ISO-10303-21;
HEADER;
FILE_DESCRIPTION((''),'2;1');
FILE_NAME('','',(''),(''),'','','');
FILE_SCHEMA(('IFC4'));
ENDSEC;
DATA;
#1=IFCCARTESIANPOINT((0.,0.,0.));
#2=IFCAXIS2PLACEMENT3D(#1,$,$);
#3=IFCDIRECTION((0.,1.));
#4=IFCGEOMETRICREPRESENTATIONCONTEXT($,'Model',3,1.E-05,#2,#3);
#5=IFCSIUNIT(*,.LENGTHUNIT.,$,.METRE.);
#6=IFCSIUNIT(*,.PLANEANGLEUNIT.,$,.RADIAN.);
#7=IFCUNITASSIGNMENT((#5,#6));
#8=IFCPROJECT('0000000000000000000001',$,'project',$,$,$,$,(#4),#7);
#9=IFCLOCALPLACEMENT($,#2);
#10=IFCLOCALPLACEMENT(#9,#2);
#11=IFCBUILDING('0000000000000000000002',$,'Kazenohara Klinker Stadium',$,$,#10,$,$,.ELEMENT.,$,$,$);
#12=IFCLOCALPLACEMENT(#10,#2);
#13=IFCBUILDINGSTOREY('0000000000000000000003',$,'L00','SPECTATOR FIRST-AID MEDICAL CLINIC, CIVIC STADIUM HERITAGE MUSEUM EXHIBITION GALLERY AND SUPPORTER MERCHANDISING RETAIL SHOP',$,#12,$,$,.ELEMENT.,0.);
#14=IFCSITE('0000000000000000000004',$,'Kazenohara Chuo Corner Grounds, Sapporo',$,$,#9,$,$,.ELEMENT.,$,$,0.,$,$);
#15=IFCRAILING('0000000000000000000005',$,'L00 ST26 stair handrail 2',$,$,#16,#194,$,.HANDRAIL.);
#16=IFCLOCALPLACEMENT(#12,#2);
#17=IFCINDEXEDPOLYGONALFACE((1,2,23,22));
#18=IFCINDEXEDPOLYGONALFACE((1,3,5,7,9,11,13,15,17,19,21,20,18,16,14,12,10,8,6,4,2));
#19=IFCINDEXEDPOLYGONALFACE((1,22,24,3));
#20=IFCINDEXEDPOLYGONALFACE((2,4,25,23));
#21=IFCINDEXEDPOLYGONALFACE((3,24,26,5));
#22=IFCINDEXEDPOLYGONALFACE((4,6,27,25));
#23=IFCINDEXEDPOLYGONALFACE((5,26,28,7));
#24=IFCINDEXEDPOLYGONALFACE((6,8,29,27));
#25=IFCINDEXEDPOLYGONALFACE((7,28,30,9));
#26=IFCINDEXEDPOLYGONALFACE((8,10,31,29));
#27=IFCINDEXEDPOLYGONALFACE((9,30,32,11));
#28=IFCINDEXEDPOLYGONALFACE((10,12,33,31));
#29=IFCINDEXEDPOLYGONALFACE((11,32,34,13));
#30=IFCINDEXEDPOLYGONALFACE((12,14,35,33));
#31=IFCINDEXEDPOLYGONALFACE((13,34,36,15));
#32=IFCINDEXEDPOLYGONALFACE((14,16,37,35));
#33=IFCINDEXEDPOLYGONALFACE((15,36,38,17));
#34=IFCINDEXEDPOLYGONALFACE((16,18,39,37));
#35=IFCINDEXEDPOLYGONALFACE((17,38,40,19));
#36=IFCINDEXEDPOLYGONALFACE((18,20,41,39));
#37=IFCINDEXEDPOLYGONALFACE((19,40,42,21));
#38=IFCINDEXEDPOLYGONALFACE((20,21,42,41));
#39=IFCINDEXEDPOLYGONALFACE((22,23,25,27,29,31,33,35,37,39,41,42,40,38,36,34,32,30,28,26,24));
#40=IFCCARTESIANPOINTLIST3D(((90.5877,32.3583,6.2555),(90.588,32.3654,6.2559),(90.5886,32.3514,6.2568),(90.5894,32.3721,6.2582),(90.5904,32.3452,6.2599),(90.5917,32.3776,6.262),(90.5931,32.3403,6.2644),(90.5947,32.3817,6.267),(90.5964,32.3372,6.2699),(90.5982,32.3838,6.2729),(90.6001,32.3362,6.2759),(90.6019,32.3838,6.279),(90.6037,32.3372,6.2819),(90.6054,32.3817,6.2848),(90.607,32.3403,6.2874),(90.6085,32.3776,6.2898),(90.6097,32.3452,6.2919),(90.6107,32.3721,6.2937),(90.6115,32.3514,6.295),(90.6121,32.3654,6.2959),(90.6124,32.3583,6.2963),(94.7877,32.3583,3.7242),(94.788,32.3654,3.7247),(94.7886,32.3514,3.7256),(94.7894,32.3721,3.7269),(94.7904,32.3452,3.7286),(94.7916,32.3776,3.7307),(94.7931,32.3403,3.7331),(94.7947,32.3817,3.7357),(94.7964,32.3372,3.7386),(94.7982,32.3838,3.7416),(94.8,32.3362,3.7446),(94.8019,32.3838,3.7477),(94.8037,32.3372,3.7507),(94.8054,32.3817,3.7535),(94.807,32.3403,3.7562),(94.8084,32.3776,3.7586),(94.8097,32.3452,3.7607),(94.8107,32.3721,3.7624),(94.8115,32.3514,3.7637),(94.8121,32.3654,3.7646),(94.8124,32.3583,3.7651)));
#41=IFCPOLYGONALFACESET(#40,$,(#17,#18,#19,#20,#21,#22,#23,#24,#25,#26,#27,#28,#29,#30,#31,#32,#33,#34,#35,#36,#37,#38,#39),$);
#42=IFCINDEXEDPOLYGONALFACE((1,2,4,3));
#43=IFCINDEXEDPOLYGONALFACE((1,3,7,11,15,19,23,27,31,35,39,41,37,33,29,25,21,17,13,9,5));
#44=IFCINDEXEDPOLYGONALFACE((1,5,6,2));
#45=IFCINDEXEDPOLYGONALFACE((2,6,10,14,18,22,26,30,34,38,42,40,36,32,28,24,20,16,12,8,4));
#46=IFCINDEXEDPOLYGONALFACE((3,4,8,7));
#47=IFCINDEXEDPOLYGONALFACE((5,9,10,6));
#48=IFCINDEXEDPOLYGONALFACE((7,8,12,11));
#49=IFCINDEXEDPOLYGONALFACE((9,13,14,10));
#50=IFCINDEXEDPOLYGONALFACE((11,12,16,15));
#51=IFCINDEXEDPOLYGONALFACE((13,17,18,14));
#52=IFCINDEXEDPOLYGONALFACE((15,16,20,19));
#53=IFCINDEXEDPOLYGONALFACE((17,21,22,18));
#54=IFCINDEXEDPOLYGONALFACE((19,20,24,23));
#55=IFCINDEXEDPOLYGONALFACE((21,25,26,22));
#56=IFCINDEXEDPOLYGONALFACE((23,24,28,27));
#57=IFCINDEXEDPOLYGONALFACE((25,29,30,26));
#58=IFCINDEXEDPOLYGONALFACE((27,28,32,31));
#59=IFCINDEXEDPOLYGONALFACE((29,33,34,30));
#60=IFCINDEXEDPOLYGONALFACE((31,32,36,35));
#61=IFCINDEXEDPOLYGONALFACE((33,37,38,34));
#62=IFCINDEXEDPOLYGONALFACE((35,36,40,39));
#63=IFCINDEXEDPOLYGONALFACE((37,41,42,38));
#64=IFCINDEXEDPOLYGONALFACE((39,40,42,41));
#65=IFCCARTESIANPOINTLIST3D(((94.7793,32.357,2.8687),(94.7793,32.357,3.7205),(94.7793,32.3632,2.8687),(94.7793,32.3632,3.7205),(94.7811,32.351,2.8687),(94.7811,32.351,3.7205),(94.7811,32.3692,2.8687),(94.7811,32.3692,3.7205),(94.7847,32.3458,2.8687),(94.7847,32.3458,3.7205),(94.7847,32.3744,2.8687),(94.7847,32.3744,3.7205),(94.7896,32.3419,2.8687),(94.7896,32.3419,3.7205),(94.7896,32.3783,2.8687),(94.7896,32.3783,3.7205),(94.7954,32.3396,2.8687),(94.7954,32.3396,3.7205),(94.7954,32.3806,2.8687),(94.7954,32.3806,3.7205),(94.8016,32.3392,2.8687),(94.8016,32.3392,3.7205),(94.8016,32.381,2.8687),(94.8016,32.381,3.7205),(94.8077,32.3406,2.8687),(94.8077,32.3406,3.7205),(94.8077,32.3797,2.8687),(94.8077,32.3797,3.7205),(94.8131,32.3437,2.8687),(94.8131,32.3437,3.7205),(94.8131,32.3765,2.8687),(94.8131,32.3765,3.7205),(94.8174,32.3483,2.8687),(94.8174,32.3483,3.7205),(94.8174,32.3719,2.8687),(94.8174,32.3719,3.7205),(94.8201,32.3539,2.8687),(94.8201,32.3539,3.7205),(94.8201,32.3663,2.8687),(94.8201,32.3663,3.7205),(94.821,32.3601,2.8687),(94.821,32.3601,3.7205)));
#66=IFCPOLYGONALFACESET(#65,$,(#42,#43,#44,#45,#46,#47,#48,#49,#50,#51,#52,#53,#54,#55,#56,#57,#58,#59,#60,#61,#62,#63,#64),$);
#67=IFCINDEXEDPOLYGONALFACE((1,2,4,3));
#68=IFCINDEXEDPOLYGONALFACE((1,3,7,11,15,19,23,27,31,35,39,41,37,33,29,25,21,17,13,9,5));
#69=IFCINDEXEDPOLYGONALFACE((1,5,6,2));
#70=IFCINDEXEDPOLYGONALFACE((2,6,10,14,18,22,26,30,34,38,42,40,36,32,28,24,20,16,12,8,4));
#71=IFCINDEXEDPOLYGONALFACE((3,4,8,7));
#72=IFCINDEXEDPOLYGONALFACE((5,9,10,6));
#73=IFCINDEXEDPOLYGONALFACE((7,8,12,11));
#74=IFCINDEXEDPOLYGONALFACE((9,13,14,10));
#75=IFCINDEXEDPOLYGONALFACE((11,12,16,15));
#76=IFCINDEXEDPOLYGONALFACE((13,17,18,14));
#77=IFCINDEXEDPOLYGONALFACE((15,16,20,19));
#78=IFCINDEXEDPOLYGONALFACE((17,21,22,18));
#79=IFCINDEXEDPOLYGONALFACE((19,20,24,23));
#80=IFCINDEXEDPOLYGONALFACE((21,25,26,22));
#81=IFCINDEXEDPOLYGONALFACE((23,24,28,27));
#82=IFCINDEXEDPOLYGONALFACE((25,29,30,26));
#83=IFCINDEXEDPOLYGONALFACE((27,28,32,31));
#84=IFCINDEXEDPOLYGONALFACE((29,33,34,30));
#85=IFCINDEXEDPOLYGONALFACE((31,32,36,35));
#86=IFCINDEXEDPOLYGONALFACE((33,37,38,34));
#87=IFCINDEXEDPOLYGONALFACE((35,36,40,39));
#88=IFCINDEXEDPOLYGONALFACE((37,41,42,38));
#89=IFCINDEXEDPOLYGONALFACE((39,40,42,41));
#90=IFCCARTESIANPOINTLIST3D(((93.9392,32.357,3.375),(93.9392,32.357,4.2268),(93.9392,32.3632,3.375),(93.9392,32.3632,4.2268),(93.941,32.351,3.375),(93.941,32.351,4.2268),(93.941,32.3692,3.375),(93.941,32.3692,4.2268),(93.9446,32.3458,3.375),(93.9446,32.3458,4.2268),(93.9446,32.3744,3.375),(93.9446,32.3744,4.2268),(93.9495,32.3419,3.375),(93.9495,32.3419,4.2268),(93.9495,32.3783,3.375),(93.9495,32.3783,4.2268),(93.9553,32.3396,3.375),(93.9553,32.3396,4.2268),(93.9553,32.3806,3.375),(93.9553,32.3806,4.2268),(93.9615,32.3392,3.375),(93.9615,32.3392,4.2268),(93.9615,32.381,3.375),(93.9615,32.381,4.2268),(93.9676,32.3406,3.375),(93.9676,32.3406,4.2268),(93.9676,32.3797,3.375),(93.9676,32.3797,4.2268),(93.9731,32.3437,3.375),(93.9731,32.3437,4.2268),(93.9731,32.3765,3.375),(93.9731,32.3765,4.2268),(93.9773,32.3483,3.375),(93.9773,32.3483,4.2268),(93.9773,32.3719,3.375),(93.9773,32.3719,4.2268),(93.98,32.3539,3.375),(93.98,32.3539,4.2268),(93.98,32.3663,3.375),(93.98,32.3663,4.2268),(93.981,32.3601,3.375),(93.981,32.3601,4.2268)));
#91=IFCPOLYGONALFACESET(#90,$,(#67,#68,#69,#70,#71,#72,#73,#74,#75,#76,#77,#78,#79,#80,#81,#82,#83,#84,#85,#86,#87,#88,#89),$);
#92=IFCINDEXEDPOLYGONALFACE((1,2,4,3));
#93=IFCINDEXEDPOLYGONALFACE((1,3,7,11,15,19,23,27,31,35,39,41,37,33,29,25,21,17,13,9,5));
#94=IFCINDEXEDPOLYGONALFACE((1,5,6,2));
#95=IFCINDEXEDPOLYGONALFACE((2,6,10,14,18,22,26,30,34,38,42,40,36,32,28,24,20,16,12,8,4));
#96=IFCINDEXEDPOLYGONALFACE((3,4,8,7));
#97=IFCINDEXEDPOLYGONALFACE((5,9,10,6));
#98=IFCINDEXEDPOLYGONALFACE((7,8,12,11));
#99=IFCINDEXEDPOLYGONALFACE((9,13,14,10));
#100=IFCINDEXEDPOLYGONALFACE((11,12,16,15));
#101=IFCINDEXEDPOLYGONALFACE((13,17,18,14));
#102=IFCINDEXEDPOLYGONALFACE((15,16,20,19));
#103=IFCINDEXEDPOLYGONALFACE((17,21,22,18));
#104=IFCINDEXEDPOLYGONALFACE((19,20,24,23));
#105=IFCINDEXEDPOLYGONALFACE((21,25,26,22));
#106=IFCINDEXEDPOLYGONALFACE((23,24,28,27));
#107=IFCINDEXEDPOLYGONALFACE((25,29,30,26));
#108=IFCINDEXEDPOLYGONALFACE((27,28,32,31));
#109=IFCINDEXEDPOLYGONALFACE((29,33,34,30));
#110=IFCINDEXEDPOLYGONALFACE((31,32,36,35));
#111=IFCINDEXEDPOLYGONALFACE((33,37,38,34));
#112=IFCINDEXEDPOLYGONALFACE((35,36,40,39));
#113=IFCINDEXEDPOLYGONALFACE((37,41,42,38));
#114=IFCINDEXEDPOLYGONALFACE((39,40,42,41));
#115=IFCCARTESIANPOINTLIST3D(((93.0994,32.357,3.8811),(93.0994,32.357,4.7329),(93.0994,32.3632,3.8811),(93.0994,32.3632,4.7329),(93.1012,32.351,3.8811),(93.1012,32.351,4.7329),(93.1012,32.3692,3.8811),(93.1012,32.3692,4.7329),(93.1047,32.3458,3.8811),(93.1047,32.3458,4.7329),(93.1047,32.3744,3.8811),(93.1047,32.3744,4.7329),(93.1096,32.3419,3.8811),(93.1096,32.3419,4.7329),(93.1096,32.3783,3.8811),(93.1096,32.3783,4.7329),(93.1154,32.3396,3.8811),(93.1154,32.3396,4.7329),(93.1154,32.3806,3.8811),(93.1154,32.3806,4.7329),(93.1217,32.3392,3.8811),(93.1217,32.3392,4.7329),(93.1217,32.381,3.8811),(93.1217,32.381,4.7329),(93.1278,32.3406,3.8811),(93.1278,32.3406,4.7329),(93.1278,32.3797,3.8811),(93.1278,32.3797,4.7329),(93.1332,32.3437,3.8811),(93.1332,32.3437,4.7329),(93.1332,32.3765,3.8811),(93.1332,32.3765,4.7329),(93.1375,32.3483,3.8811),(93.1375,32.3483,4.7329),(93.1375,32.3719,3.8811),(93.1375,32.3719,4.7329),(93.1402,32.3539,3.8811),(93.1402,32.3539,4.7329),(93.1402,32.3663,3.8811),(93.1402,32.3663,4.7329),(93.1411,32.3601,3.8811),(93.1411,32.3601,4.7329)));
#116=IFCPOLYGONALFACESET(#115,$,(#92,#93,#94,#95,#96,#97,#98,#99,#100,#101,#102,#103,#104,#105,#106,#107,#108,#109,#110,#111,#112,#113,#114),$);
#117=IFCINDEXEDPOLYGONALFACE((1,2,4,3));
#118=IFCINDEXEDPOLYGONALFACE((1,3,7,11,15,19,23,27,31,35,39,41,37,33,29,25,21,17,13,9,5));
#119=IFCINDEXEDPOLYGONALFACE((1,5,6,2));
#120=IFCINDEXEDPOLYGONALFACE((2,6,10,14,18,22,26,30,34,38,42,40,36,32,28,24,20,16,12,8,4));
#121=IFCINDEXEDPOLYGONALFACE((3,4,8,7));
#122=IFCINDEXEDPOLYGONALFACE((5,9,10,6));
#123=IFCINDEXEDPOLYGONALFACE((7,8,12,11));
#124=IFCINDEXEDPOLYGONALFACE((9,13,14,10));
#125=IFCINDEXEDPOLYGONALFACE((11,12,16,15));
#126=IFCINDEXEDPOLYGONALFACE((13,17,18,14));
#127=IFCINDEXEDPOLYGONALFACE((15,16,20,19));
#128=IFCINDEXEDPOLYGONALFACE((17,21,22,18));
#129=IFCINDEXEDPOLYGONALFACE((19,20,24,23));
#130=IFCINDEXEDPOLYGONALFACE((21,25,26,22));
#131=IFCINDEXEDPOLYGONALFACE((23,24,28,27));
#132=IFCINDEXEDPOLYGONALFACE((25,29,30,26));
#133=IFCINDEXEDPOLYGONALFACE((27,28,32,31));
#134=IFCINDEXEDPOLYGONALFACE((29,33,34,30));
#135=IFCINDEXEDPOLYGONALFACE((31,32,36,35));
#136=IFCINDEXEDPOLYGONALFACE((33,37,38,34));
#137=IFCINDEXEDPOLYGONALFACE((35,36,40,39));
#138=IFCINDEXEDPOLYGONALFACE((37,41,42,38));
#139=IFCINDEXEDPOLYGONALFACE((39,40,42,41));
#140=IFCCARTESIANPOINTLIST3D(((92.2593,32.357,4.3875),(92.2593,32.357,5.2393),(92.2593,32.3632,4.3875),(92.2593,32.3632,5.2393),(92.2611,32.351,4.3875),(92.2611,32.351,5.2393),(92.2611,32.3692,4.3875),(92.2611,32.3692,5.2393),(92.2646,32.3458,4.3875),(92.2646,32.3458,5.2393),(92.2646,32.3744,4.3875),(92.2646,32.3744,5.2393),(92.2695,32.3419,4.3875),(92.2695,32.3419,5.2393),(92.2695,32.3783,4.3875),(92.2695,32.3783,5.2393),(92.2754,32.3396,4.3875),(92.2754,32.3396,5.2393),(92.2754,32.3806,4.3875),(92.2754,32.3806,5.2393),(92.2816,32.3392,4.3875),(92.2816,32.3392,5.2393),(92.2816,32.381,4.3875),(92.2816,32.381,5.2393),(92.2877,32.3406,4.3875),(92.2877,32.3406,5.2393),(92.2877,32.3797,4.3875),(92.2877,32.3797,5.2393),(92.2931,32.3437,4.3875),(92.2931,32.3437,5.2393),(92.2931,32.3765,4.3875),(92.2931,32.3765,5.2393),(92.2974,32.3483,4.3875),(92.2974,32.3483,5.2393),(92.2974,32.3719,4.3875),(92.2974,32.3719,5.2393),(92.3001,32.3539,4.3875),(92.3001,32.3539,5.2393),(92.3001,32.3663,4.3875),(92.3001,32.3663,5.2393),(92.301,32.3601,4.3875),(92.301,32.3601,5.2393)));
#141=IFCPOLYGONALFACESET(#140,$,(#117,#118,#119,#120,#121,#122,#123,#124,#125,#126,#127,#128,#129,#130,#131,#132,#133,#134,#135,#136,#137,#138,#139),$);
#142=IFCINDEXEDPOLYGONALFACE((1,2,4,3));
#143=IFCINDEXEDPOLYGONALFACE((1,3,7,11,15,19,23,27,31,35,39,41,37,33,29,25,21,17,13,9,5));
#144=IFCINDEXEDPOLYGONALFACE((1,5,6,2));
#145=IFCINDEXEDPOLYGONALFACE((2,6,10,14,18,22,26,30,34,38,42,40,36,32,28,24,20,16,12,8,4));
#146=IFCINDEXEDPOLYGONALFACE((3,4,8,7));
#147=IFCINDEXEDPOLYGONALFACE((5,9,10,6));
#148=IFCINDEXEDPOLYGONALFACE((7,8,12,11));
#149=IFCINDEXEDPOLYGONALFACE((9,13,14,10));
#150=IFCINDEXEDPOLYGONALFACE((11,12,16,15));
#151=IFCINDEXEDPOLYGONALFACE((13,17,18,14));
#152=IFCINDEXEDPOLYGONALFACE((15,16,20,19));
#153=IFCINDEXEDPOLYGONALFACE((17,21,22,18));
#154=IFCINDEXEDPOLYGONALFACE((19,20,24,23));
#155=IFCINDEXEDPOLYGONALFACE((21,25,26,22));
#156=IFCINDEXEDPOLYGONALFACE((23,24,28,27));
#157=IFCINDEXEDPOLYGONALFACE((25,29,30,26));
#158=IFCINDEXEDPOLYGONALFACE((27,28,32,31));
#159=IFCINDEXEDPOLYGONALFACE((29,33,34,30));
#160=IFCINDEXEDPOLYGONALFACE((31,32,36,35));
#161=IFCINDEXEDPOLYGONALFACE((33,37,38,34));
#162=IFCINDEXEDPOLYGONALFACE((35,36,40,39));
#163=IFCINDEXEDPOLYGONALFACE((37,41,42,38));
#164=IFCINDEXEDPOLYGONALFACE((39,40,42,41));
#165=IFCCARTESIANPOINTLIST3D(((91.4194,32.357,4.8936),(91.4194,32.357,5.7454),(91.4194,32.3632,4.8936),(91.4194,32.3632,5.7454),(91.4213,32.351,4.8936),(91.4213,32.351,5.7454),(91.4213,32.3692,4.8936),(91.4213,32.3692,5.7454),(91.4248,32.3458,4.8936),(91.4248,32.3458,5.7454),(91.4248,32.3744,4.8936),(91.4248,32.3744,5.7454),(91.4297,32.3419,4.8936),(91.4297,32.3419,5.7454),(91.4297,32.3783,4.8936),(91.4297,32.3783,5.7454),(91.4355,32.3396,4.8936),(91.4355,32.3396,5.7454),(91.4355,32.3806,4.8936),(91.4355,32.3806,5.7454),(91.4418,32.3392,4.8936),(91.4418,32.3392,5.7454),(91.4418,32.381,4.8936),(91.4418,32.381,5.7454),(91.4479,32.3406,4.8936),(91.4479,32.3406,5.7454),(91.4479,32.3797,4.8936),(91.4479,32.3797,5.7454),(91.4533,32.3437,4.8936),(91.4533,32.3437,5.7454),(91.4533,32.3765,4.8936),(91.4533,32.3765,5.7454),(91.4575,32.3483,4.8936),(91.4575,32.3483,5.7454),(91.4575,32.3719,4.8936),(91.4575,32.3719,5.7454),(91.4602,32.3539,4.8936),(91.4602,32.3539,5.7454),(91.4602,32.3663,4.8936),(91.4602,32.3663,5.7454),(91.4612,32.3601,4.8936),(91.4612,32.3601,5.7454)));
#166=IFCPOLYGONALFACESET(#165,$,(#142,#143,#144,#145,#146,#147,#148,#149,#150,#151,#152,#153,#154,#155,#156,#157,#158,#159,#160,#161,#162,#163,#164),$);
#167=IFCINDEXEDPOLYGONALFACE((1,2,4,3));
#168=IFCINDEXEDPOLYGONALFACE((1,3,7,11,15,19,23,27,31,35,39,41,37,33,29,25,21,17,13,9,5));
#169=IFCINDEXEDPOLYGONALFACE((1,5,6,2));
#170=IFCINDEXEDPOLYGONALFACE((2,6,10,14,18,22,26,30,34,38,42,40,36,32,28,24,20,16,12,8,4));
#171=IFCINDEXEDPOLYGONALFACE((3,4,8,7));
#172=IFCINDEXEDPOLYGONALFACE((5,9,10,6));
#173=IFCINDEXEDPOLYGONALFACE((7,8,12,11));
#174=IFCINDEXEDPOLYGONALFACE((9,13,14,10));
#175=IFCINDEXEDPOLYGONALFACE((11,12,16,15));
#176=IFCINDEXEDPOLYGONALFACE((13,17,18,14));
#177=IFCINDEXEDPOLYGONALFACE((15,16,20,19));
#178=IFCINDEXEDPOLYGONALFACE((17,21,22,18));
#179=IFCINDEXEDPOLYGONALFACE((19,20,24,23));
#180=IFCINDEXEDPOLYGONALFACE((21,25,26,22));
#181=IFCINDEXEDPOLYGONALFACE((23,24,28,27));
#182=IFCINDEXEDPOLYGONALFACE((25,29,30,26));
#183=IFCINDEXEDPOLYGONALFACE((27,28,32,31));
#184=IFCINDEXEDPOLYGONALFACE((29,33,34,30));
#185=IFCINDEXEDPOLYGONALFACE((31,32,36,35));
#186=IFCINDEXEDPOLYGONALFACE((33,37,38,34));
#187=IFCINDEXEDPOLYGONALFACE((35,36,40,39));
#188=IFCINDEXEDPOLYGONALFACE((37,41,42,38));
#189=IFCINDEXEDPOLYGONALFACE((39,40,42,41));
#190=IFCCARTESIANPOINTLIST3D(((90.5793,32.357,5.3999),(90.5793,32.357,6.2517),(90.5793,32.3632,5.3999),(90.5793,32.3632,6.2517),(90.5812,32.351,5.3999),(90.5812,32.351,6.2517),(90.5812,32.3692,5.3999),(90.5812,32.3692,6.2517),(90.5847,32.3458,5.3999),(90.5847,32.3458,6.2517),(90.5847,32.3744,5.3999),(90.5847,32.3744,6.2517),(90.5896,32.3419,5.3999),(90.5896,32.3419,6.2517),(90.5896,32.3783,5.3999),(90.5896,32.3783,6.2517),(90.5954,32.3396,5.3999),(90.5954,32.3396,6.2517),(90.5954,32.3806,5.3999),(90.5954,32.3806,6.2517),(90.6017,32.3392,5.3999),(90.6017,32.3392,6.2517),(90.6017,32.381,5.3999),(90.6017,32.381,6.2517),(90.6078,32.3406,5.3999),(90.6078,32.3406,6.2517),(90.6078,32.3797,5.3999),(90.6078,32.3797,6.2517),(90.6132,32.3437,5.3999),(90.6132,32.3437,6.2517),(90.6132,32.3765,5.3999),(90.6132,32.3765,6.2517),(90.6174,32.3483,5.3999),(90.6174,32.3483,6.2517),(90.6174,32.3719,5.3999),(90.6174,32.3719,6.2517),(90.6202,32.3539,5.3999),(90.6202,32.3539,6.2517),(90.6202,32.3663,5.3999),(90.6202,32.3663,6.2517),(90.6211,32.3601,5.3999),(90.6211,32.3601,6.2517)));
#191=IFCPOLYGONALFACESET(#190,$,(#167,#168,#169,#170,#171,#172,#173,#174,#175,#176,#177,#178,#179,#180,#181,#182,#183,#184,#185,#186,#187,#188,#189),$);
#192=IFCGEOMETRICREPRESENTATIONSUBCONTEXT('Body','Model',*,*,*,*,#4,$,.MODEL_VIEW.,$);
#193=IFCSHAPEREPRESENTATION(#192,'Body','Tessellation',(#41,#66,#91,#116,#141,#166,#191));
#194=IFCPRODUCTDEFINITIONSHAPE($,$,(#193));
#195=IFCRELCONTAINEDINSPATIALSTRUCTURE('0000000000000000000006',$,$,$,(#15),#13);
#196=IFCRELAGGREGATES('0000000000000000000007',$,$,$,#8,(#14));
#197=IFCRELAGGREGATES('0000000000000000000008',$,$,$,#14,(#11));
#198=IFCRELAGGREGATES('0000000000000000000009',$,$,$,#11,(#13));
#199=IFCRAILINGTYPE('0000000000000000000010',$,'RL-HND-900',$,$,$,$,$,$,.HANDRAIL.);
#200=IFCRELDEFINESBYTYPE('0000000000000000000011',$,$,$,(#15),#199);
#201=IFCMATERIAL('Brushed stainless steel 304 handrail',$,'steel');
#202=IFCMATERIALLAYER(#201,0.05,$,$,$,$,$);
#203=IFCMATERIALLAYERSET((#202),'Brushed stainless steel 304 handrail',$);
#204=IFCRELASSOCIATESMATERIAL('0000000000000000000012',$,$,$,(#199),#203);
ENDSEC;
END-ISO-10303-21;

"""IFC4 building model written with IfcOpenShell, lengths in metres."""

from ifc_helpers import new_model, si_unit, direction, frame, origin, origin_2d, place, context, subcontext, project, spatial, circle, extrude, material, layer, layer_set, type_object, element, save


model = new_model("IFC4")

# Units and contexts
model_context = context("Model", 3, precision=1e-05, world=origin(), true_north=direction((0.0, 1.0)))
body_context = subcontext(model_context, "Body", "Model", "MODEL_VIEW")
ifc_project = project(units=[si_unit("LENGTHUNIT", "METRE"), si_unit("PLANEANGLEUNIT", "RADIAN")], contexts=[model_context])

# Site, building, storey
site_placement = place(None, origin())
site = spatial("IfcSite", under=ifc_project, at=site_placement, Name="Kazenohara Chuo Corner Grounds, Sapporo", CompositionType="ELEMENT", RefElevation=0.0)
building_placement = place(site_placement, origin())
building = spatial("IfcBuilding", under=site, at=building_placement, Name="Kazenohara Klinker Stadium", CompositionType="ELEMENT")
storey_placement = place(building_placement, origin())
storey = spatial("IfcBuildingStorey", under=building, at=storey_placement, Name="L00", Description="SPECTATOR FIRST-AID MEDICAL CLINIC, CIVIC STADIUM HERITAGE MUSEUM EXHIBITION GALLERY AND SUPPORTER MERCHANDISING RETAIL SHOP", CompositionType="ELEMENT", Elevation=0.0)

# Railing
ifc_material_1 = material(Name="Brushed stainless steel 304 handrail", Category="steel")
ifc_layer_1 = layer(ifc_material_1, 0.05)
ifc_layer_set_1 = layer_set([ifc_layer_1], Name="Brushed stainless steel 304 handrail")
railing_type_1 = type_object("IfcRailingType", Name="RL-HND-900", PredefinedType="HANDRAIL", material=ifc_layer_set_1)
railing_1_placement = place(storey_placement, frame((94.8, 32.3601, 2.8687)))
element("IfcRailing", 1, at=railing_1_placement, inside=storey, type_object=railing_type_1, Name="L00 ST26 stair handrail 2", PredefinedType="HANDRAIL", context=body_context, shape_type="SweptSolid", body=[
    extrude(circle(Radius=0.0239, at=origin_2d()), frame((0.0, 0.0, 0.876), z_axis=(-0.856476, 0.0, 0.516186), x_axis=(0.0, -1.0, 0.0)), (0.0, 0.0, 1.0), 4.9038),
    extrude(circle(Radius=0.021, at=origin_2d()), origin(), (0.0, 0.0, 1.0), 0.8518),
    extrude(circle(Radius=0.021, at=origin_2d()), frame((-0.8401, 0.0, 0.5063)), (0.0, 0.0, 1.0), 0.8518),
    extrude(circle(Radius=0.021, at=origin_2d()), frame((-1.6799, 0.0, 1.0125)), (0.0, 0.0, 1.0), 0.8518),
    extrude(circle(Radius=0.021, at=origin_2d()), frame((-2.52, 0.0, 1.5188)), (0.0, 0.0, 1.0), 0.8518),
    extrude(circle(Radius=0.021, at=origin_2d()), frame((-3.3599, 0.0, 2.0249)), (0.0, 0.0, 1.0), 0.8518),
    extrude(circle(Radius=0.021, at=origin_2d()), frame((-4.2, 0.0, 2.5312)), (0.0, 0.0, 1.0), 0.8518),
])

save(model, "model.ifc")
